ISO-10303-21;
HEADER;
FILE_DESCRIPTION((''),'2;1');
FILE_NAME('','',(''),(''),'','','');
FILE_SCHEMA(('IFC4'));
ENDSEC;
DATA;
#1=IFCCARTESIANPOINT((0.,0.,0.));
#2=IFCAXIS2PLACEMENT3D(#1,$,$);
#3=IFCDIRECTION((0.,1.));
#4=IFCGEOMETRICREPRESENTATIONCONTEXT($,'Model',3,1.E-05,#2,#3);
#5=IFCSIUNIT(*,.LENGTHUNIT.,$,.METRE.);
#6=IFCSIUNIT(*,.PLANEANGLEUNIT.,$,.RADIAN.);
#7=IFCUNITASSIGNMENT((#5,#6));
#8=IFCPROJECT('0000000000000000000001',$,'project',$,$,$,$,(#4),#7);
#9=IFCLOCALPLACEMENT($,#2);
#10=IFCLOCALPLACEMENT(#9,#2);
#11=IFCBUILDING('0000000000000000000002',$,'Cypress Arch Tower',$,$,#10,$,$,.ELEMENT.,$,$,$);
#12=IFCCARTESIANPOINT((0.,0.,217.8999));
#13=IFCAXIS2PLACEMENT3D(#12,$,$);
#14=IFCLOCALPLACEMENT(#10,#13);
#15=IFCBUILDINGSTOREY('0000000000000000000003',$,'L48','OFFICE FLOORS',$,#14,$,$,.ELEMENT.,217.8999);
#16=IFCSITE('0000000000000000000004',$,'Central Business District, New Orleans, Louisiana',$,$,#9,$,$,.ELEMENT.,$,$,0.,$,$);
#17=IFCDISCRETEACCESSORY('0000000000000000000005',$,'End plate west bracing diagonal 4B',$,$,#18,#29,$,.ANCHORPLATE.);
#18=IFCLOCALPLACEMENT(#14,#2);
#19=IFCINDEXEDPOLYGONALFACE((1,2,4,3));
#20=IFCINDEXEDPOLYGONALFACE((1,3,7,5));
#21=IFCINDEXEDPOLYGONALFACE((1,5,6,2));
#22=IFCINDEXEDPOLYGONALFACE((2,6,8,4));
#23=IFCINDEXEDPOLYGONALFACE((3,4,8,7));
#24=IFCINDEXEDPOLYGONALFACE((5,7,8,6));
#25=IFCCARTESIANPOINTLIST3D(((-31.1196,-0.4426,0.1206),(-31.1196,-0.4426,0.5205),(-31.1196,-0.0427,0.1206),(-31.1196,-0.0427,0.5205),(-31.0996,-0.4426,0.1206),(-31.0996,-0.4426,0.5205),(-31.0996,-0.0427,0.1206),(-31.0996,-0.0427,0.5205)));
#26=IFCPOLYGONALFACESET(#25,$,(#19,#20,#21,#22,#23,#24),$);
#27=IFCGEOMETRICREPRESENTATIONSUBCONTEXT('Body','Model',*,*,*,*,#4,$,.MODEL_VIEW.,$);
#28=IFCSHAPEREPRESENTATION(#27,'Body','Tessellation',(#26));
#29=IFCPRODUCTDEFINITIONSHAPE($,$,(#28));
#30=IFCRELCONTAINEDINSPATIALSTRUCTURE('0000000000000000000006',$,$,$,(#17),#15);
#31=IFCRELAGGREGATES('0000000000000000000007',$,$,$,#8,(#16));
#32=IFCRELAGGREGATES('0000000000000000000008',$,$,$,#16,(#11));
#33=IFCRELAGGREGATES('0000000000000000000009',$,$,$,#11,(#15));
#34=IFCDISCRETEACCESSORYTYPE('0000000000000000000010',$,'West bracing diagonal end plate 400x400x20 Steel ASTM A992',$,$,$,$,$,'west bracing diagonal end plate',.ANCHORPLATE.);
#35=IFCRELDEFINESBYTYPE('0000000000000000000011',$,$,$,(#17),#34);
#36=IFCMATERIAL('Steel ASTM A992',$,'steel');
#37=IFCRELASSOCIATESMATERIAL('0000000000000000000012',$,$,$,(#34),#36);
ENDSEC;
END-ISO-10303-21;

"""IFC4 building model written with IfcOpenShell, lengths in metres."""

from ifc_helpers import new_model, si_unit, direction, frame, origin, origin_2d, place, context, subcontext, project, spatial, rectangle, extrude, material, material_profile, profile_set, type_object, element, save


model = new_model("IFC4")

# Units and contexts
model_context = context("Model", 3, precision=1e-05, world=origin(), true_north=direction((0.0, 1.0)))
body_context = subcontext(model_context, "Body", "Model", "MODEL_VIEW")
ifc_project = project(units=[si_unit("LENGTHUNIT", "METRE"), si_unit("PLANEANGLEUNIT", "RADIAN")], contexts=[model_context])

# Site, building, storey
site_placement = place(None, origin())
site = spatial("IfcSite", under=ifc_project, at=site_placement, Name="Central Business District, New Orleans, Louisiana", CompositionType="ELEMENT", RefElevation=0.0)
building_placement = place(site_placement, origin())
building = spatial("IfcBuilding", under=site, at=building_placement, Name="Cypress Arch Tower", CompositionType="ELEMENT")
storey_placement = place(building_placement, frame((0.0, 0.0, 217.8999)))
storey = spatial("IfcBuildingStorey", under=building, at=storey_placement, Name="L48", Description="OFFICE FLOORS", CompositionType="ELEMENT", Elevation=217.8999)

# Discrete accessory
ifc_material_1 = material(Name="Steel ASTM A992", Category="steel")
ifc_material_profile = material_profile(ifc_material_1, rectangle(XDim=0.3999, YDim=0.3999, at=origin_2d()), Name="PL 20 400x400")
ifc_profile_set = profile_set([ifc_material_profile], Name="Steel ASTM A992")
discrete_accessory_type = type_object("IfcDiscreteAccessoryType", Name="West bracing diagonal end plate 400x400x20 Steel ASTM A992", ElementType="west bracing diagonal end plate", PredefinedType="ANCHORPLATE", material=ifc_profile_set)
discrete_accessory_placement = place(storey_placement, frame((-31.0996, -0.2427, 0.3206), z_axis=(-1.0, 0.0, 0.0), x_axis=(0.0, -1.0, 0.0)))
element("IfcDiscreteAccessory", 1, at=discrete_accessory_placement, inside=storey, type_object=discrete_accessory_type, Name="End plate west bracing diagonal 4B", PredefinedType="ANCHORPLATE", context=body_context, shape_type="SweptSolid", body=[
    extrude(rectangle(XDim=0.3999, YDim=0.3999, at=origin_2d()), origin(), (0.0, 0.0, 1.0), 0.02),
])

save(model, "model.ifc")
